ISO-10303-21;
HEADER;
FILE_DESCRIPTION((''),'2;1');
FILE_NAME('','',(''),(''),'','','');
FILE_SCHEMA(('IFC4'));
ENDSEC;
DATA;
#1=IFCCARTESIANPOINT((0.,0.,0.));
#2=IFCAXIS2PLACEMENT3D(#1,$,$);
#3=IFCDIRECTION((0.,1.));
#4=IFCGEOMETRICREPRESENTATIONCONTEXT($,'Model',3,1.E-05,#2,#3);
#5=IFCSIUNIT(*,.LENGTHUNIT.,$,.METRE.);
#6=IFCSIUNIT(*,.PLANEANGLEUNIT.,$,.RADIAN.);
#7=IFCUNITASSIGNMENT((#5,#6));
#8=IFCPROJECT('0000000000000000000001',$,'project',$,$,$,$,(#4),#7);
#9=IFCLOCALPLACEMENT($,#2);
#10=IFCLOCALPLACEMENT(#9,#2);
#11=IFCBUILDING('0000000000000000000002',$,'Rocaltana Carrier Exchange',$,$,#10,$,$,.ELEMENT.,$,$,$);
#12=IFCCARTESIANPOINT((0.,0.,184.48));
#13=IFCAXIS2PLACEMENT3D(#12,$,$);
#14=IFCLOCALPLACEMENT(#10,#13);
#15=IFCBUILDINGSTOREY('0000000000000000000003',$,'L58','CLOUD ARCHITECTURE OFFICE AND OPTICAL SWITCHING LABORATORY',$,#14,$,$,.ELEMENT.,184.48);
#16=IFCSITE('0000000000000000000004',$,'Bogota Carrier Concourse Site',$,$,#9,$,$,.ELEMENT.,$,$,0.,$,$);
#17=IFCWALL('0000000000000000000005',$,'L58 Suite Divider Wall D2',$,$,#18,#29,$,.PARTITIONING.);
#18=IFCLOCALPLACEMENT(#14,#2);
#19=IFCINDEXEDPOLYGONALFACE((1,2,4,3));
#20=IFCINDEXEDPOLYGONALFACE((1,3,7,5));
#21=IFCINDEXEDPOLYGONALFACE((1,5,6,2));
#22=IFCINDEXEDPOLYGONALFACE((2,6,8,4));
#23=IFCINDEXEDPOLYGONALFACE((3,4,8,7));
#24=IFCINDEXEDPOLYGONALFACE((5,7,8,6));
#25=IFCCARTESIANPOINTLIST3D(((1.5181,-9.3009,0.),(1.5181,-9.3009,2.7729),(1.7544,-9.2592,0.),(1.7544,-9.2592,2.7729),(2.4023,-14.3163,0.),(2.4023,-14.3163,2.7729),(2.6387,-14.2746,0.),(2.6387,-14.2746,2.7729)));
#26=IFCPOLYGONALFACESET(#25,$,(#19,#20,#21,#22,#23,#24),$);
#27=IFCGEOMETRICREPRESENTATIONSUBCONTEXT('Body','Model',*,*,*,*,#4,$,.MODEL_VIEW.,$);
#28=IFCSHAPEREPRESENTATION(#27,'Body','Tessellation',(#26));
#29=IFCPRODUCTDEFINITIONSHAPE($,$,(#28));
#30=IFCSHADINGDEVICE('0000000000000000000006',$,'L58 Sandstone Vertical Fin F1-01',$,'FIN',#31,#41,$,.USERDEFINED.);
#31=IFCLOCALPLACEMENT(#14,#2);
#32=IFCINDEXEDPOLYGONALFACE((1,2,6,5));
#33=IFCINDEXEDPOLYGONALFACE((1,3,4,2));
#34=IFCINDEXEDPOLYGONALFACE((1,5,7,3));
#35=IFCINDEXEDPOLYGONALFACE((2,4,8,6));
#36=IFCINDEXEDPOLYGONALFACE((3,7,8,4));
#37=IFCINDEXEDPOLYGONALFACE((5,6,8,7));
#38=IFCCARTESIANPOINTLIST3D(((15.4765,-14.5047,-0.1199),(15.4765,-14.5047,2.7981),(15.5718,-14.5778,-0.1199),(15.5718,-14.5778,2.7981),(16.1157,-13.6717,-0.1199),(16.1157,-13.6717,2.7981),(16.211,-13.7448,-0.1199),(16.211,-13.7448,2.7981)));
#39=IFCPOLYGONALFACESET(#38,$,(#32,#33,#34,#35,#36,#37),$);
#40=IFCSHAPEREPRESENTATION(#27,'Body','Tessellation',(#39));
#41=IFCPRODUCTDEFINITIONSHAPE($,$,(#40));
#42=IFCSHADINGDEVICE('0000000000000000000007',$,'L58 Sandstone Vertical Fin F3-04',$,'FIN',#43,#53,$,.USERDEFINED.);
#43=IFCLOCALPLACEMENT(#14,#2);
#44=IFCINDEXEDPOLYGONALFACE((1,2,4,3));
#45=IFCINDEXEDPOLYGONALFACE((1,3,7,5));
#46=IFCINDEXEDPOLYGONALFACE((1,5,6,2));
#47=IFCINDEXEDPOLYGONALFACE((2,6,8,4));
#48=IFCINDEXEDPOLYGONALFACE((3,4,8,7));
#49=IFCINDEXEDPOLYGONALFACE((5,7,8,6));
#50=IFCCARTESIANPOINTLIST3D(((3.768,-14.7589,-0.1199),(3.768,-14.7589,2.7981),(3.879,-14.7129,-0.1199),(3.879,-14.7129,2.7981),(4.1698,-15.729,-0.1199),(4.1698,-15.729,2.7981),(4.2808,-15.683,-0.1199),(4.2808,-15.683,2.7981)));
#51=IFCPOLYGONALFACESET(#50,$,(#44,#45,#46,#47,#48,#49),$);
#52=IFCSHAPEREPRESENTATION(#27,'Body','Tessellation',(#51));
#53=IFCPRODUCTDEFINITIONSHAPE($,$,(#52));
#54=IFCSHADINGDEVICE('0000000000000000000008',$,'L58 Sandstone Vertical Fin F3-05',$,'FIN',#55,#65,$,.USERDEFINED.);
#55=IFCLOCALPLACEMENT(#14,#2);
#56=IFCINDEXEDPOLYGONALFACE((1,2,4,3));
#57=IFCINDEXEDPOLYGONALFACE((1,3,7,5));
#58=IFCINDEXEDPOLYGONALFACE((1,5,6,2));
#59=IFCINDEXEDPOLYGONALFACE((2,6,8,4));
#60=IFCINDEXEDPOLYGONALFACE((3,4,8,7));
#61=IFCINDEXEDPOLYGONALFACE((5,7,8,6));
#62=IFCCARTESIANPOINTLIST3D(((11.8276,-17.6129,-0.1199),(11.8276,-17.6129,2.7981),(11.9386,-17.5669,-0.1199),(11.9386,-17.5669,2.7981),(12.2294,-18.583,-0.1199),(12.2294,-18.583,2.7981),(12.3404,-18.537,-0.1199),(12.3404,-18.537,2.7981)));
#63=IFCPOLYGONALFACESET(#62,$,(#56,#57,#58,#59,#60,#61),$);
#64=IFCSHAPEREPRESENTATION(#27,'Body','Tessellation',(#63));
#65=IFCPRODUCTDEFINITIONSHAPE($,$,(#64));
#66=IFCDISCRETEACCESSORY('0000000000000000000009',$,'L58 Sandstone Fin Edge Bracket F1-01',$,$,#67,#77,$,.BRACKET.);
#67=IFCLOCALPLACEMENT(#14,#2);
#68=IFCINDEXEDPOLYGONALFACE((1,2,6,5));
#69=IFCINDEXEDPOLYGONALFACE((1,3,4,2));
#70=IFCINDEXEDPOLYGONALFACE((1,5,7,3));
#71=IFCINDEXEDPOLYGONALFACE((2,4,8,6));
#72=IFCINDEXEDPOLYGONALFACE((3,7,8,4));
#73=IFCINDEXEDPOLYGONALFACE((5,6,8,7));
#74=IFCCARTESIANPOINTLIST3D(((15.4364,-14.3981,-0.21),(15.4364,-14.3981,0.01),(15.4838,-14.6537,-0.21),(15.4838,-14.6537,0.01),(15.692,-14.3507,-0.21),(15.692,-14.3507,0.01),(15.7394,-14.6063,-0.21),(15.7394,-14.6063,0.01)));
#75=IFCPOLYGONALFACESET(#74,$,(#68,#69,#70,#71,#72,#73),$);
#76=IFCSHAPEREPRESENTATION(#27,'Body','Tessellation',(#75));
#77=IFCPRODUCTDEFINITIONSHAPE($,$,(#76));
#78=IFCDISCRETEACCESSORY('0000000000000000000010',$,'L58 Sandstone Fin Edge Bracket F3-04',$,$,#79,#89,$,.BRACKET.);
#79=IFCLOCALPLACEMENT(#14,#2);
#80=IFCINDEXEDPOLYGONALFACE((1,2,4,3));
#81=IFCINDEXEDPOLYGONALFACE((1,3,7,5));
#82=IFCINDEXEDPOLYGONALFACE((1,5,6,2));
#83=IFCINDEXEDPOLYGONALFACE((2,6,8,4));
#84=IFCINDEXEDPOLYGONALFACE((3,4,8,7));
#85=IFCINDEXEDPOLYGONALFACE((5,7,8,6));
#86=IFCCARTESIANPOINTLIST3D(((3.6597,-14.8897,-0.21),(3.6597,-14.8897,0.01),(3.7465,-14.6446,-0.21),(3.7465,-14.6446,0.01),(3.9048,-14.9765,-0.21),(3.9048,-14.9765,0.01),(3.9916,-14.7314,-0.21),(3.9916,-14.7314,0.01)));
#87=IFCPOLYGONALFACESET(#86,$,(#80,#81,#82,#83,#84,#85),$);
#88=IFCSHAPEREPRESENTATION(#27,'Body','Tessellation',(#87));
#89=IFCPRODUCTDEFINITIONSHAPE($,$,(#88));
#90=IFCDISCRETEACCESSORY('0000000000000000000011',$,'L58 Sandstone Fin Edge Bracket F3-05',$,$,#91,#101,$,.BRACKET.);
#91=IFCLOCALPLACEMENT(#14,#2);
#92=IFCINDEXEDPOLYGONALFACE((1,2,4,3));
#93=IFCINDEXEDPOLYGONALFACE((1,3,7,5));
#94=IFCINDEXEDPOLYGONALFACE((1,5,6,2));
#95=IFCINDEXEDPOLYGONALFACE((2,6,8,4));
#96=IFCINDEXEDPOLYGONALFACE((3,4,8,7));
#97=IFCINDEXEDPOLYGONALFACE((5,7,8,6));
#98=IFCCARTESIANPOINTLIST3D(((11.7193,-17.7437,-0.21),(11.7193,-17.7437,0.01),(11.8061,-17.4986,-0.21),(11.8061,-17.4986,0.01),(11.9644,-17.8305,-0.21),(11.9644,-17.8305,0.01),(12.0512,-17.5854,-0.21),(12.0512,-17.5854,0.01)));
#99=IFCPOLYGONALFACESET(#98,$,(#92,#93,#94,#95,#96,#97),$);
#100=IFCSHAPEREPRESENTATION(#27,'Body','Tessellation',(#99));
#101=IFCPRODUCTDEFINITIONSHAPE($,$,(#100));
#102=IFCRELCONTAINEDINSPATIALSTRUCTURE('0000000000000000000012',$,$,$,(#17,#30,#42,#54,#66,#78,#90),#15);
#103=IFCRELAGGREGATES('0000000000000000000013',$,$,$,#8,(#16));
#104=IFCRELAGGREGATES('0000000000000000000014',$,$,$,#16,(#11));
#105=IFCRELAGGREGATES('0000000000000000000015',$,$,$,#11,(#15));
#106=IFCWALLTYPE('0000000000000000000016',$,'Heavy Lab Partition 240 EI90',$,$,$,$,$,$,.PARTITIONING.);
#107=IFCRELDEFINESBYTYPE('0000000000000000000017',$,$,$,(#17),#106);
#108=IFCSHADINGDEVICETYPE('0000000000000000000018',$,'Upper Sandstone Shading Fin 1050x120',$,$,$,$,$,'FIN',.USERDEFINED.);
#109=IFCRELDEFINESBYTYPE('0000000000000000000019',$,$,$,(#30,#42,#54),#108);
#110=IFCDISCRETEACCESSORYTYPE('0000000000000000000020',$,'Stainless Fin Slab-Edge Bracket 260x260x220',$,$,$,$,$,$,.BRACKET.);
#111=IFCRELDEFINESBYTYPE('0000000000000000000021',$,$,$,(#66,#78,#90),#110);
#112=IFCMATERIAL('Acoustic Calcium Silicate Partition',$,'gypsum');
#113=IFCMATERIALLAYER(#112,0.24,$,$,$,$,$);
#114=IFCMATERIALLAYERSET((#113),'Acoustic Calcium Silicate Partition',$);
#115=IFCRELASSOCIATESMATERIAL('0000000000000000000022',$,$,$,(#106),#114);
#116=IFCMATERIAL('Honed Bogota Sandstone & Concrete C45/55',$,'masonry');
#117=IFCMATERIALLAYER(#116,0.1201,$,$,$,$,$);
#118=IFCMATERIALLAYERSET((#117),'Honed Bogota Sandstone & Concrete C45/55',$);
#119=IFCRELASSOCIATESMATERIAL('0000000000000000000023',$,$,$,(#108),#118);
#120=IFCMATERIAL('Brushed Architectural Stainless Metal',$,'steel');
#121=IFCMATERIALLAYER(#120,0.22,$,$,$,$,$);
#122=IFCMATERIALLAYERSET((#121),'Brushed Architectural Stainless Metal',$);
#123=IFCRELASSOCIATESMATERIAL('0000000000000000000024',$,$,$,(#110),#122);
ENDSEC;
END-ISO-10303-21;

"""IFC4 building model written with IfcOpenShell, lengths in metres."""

from ifc_helpers import new_model, si_unit, direction, frame, frame_2d, origin, origin_2d, place, context, subcontext, project, spatial, rectangle, extrude, material, layer, layer_set, type_object, element, save


model = new_model("IFC4")

# Units and contexts
model_context = context("Model", 3, precision=1e-05, world=origin(), true_north=direction((0.0, 1.0)))
body_context = subcontext(model_context, "Body", "Model", "MODEL_VIEW")
ifc_project = project(units=[si_unit("LENGTHUNIT", "METRE"), si_unit("PLANEANGLEUNIT", "RADIAN")], contexts=[model_context])

# Site, building, storey
site_placement = place(None, origin())
site = spatial("IfcSite", under=ifc_project, at=site_placement, Name="Bogota Carrier Concourse Site", CompositionType="ELEMENT", RefElevation=0.0)
building_placement = place(site_placement, origin())
building = spatial("IfcBuilding", under=site, at=building_placement, Name="Rocaltana Carrier Exchange", CompositionType="ELEMENT")
storey_placement = place(building_placement, frame((0.0, 0.0, 184.48)))
storey = spatial("IfcBuildingStorey", under=building, at=storey_placement, Name="L58", Description="CLOUD ARCHITECTURE OFFICE AND OPTICAL SWITCHING LABORATORY", CompositionType="ELEMENT", Elevation=184.48)

# Wall
ifc_material_1 = material(Name="Acoustic Calcium Silicate Partition", Category="gypsum")
ifc_layer_1 = layer(ifc_material_1, 0.24)
ifc_layer_set_1 = layer_set([ifc_layer_1], Name="Acoustic Calcium Silicate Partition")
wall_type_1 = type_object("IfcWallType", Name="Heavy Lab Partition 240 EI90", PredefinedType="PARTITIONING", material=ifc_layer_set_1)
wall_1_placement = place(storey_placement, frame((1.6362, -9.28, 0.0), z_axis=(0.0, 0.0, 1.0), x_axis=(0.173635, -0.98481, 0.0)))
element("IfcWall", 1, at=wall_1_placement, inside=storey, type_object=wall_type_1, Name="L58 Suite Divider Wall D2", PredefinedType="PARTITIONING", context=body_context, shape_type="SweptSolid", body=[
    extrude(rectangle(XDim=5.0928, YDim=0.24, at=frame_2d((2.5464, 0.0))), origin(), (0.0, 0.0, 1.0), 2.7729),
])

# Shading devices
ifc_material_2 = material(Name="Honed Bogota Sandstone & Concrete C45/55", Category="masonry")
ifc_layer_2 = layer(ifc_material_2, 0.1201)
ifc_layer_set_2 = layer_set([ifc_layer_2], Name="Honed Bogota Sandstone & Concrete C45/55")
shading_device_type = type_object("IfcShadingDeviceType", Name="Upper Sandstone Shading Fin 1050x120", ElementType="FIN", PredefinedType="USERDEFINED", material=ifc_layer_set_2)
for number, where, z_axis, x_axis, name in (
    (2, (15.8438, -14.1248, -0.1199), (0.0, 0.0, 1.0), (0.608761, 0.793353, 0.0), "L58 Sandstone Vertical Fin F1-01"),
    (3, (4.0244, -15.2209, -0.1199), (0.0, 0.0, 1.0), (0.382683, -0.92388, 0.0), "L58 Sandstone Vertical Fin F3-04"),
    (4, (12.084, -18.075, -0.1199), (0.0, 0.0, 1.0), (0.382683, -0.92388, 0.0), "L58 Sandstone Vertical Fin F3-05"),
):
    element("IfcShadingDevice", number, at=place(storey_placement, frame(where, z_axis=z_axis, x_axis=x_axis)), inside=storey, type_object=shading_device_type, Name=name, ObjectType="FIN", PredefinedType="USERDEFINED", context=body_context, shape_type="SweptSolid", body=[
        extrude(rectangle(XDim=1.05, YDim=0.1201, at=origin_2d()), origin(), (0.0, 0.0, 1.0), 2.918),
    ])

# Discrete accessories
ifc_material_3 = material(Name="Brushed Architectural Stainless Metal", Category="steel")
ifc_layer_3 = layer(ifc_material_3, 0.22)
ifc_layer_set_3 = layer_set([ifc_layer_3], Name="Brushed Architectural Stainless Metal")
discrete_accessory_type = type_object("IfcDiscreteAccessoryType", Name="Stainless Fin Slab-Edge Bracket 260x260x220", PredefinedType="BRACKET", material=ifc_layer_set_3)
for number, where, z_axis, x_axis, name in (
    (5, (15.5879, -14.5022, -0.21), (0.0, 0.0, 1.0), (-0.182236, 0.983255, 0.0), "L58 Sandstone Fin Edge Bracket F1-01"),
    (6, (3.8257, -14.8105, -0.21), (0.0, 0.0, 1.0), (0.942641, -0.333807, 0.0), "L58 Sandstone Fin Edge Bracket F3-04"),
    (7, (11.8853, -17.6646, -0.21), (0.0, 0.0, 1.0), (0.942641, -0.333807, 0.0), "L58 Sandstone Fin Edge Bracket F3-05"),
):
    element("IfcDiscreteAccessory", number, at=place(storey_placement, frame(where, z_axis=z_axis, x_axis=x_axis)), inside=storey, type_object=discrete_accessory_type, Name=name, PredefinedType="BRACKET", context=body_context, shape_type="SweptSolid", body=[
        extrude(rectangle(XDim=0.26, YDim=0.26, at=origin_2d()), origin(), (0.0, 0.0, 1.0), 0.22),
    ])

save(model, "model.ifc")
